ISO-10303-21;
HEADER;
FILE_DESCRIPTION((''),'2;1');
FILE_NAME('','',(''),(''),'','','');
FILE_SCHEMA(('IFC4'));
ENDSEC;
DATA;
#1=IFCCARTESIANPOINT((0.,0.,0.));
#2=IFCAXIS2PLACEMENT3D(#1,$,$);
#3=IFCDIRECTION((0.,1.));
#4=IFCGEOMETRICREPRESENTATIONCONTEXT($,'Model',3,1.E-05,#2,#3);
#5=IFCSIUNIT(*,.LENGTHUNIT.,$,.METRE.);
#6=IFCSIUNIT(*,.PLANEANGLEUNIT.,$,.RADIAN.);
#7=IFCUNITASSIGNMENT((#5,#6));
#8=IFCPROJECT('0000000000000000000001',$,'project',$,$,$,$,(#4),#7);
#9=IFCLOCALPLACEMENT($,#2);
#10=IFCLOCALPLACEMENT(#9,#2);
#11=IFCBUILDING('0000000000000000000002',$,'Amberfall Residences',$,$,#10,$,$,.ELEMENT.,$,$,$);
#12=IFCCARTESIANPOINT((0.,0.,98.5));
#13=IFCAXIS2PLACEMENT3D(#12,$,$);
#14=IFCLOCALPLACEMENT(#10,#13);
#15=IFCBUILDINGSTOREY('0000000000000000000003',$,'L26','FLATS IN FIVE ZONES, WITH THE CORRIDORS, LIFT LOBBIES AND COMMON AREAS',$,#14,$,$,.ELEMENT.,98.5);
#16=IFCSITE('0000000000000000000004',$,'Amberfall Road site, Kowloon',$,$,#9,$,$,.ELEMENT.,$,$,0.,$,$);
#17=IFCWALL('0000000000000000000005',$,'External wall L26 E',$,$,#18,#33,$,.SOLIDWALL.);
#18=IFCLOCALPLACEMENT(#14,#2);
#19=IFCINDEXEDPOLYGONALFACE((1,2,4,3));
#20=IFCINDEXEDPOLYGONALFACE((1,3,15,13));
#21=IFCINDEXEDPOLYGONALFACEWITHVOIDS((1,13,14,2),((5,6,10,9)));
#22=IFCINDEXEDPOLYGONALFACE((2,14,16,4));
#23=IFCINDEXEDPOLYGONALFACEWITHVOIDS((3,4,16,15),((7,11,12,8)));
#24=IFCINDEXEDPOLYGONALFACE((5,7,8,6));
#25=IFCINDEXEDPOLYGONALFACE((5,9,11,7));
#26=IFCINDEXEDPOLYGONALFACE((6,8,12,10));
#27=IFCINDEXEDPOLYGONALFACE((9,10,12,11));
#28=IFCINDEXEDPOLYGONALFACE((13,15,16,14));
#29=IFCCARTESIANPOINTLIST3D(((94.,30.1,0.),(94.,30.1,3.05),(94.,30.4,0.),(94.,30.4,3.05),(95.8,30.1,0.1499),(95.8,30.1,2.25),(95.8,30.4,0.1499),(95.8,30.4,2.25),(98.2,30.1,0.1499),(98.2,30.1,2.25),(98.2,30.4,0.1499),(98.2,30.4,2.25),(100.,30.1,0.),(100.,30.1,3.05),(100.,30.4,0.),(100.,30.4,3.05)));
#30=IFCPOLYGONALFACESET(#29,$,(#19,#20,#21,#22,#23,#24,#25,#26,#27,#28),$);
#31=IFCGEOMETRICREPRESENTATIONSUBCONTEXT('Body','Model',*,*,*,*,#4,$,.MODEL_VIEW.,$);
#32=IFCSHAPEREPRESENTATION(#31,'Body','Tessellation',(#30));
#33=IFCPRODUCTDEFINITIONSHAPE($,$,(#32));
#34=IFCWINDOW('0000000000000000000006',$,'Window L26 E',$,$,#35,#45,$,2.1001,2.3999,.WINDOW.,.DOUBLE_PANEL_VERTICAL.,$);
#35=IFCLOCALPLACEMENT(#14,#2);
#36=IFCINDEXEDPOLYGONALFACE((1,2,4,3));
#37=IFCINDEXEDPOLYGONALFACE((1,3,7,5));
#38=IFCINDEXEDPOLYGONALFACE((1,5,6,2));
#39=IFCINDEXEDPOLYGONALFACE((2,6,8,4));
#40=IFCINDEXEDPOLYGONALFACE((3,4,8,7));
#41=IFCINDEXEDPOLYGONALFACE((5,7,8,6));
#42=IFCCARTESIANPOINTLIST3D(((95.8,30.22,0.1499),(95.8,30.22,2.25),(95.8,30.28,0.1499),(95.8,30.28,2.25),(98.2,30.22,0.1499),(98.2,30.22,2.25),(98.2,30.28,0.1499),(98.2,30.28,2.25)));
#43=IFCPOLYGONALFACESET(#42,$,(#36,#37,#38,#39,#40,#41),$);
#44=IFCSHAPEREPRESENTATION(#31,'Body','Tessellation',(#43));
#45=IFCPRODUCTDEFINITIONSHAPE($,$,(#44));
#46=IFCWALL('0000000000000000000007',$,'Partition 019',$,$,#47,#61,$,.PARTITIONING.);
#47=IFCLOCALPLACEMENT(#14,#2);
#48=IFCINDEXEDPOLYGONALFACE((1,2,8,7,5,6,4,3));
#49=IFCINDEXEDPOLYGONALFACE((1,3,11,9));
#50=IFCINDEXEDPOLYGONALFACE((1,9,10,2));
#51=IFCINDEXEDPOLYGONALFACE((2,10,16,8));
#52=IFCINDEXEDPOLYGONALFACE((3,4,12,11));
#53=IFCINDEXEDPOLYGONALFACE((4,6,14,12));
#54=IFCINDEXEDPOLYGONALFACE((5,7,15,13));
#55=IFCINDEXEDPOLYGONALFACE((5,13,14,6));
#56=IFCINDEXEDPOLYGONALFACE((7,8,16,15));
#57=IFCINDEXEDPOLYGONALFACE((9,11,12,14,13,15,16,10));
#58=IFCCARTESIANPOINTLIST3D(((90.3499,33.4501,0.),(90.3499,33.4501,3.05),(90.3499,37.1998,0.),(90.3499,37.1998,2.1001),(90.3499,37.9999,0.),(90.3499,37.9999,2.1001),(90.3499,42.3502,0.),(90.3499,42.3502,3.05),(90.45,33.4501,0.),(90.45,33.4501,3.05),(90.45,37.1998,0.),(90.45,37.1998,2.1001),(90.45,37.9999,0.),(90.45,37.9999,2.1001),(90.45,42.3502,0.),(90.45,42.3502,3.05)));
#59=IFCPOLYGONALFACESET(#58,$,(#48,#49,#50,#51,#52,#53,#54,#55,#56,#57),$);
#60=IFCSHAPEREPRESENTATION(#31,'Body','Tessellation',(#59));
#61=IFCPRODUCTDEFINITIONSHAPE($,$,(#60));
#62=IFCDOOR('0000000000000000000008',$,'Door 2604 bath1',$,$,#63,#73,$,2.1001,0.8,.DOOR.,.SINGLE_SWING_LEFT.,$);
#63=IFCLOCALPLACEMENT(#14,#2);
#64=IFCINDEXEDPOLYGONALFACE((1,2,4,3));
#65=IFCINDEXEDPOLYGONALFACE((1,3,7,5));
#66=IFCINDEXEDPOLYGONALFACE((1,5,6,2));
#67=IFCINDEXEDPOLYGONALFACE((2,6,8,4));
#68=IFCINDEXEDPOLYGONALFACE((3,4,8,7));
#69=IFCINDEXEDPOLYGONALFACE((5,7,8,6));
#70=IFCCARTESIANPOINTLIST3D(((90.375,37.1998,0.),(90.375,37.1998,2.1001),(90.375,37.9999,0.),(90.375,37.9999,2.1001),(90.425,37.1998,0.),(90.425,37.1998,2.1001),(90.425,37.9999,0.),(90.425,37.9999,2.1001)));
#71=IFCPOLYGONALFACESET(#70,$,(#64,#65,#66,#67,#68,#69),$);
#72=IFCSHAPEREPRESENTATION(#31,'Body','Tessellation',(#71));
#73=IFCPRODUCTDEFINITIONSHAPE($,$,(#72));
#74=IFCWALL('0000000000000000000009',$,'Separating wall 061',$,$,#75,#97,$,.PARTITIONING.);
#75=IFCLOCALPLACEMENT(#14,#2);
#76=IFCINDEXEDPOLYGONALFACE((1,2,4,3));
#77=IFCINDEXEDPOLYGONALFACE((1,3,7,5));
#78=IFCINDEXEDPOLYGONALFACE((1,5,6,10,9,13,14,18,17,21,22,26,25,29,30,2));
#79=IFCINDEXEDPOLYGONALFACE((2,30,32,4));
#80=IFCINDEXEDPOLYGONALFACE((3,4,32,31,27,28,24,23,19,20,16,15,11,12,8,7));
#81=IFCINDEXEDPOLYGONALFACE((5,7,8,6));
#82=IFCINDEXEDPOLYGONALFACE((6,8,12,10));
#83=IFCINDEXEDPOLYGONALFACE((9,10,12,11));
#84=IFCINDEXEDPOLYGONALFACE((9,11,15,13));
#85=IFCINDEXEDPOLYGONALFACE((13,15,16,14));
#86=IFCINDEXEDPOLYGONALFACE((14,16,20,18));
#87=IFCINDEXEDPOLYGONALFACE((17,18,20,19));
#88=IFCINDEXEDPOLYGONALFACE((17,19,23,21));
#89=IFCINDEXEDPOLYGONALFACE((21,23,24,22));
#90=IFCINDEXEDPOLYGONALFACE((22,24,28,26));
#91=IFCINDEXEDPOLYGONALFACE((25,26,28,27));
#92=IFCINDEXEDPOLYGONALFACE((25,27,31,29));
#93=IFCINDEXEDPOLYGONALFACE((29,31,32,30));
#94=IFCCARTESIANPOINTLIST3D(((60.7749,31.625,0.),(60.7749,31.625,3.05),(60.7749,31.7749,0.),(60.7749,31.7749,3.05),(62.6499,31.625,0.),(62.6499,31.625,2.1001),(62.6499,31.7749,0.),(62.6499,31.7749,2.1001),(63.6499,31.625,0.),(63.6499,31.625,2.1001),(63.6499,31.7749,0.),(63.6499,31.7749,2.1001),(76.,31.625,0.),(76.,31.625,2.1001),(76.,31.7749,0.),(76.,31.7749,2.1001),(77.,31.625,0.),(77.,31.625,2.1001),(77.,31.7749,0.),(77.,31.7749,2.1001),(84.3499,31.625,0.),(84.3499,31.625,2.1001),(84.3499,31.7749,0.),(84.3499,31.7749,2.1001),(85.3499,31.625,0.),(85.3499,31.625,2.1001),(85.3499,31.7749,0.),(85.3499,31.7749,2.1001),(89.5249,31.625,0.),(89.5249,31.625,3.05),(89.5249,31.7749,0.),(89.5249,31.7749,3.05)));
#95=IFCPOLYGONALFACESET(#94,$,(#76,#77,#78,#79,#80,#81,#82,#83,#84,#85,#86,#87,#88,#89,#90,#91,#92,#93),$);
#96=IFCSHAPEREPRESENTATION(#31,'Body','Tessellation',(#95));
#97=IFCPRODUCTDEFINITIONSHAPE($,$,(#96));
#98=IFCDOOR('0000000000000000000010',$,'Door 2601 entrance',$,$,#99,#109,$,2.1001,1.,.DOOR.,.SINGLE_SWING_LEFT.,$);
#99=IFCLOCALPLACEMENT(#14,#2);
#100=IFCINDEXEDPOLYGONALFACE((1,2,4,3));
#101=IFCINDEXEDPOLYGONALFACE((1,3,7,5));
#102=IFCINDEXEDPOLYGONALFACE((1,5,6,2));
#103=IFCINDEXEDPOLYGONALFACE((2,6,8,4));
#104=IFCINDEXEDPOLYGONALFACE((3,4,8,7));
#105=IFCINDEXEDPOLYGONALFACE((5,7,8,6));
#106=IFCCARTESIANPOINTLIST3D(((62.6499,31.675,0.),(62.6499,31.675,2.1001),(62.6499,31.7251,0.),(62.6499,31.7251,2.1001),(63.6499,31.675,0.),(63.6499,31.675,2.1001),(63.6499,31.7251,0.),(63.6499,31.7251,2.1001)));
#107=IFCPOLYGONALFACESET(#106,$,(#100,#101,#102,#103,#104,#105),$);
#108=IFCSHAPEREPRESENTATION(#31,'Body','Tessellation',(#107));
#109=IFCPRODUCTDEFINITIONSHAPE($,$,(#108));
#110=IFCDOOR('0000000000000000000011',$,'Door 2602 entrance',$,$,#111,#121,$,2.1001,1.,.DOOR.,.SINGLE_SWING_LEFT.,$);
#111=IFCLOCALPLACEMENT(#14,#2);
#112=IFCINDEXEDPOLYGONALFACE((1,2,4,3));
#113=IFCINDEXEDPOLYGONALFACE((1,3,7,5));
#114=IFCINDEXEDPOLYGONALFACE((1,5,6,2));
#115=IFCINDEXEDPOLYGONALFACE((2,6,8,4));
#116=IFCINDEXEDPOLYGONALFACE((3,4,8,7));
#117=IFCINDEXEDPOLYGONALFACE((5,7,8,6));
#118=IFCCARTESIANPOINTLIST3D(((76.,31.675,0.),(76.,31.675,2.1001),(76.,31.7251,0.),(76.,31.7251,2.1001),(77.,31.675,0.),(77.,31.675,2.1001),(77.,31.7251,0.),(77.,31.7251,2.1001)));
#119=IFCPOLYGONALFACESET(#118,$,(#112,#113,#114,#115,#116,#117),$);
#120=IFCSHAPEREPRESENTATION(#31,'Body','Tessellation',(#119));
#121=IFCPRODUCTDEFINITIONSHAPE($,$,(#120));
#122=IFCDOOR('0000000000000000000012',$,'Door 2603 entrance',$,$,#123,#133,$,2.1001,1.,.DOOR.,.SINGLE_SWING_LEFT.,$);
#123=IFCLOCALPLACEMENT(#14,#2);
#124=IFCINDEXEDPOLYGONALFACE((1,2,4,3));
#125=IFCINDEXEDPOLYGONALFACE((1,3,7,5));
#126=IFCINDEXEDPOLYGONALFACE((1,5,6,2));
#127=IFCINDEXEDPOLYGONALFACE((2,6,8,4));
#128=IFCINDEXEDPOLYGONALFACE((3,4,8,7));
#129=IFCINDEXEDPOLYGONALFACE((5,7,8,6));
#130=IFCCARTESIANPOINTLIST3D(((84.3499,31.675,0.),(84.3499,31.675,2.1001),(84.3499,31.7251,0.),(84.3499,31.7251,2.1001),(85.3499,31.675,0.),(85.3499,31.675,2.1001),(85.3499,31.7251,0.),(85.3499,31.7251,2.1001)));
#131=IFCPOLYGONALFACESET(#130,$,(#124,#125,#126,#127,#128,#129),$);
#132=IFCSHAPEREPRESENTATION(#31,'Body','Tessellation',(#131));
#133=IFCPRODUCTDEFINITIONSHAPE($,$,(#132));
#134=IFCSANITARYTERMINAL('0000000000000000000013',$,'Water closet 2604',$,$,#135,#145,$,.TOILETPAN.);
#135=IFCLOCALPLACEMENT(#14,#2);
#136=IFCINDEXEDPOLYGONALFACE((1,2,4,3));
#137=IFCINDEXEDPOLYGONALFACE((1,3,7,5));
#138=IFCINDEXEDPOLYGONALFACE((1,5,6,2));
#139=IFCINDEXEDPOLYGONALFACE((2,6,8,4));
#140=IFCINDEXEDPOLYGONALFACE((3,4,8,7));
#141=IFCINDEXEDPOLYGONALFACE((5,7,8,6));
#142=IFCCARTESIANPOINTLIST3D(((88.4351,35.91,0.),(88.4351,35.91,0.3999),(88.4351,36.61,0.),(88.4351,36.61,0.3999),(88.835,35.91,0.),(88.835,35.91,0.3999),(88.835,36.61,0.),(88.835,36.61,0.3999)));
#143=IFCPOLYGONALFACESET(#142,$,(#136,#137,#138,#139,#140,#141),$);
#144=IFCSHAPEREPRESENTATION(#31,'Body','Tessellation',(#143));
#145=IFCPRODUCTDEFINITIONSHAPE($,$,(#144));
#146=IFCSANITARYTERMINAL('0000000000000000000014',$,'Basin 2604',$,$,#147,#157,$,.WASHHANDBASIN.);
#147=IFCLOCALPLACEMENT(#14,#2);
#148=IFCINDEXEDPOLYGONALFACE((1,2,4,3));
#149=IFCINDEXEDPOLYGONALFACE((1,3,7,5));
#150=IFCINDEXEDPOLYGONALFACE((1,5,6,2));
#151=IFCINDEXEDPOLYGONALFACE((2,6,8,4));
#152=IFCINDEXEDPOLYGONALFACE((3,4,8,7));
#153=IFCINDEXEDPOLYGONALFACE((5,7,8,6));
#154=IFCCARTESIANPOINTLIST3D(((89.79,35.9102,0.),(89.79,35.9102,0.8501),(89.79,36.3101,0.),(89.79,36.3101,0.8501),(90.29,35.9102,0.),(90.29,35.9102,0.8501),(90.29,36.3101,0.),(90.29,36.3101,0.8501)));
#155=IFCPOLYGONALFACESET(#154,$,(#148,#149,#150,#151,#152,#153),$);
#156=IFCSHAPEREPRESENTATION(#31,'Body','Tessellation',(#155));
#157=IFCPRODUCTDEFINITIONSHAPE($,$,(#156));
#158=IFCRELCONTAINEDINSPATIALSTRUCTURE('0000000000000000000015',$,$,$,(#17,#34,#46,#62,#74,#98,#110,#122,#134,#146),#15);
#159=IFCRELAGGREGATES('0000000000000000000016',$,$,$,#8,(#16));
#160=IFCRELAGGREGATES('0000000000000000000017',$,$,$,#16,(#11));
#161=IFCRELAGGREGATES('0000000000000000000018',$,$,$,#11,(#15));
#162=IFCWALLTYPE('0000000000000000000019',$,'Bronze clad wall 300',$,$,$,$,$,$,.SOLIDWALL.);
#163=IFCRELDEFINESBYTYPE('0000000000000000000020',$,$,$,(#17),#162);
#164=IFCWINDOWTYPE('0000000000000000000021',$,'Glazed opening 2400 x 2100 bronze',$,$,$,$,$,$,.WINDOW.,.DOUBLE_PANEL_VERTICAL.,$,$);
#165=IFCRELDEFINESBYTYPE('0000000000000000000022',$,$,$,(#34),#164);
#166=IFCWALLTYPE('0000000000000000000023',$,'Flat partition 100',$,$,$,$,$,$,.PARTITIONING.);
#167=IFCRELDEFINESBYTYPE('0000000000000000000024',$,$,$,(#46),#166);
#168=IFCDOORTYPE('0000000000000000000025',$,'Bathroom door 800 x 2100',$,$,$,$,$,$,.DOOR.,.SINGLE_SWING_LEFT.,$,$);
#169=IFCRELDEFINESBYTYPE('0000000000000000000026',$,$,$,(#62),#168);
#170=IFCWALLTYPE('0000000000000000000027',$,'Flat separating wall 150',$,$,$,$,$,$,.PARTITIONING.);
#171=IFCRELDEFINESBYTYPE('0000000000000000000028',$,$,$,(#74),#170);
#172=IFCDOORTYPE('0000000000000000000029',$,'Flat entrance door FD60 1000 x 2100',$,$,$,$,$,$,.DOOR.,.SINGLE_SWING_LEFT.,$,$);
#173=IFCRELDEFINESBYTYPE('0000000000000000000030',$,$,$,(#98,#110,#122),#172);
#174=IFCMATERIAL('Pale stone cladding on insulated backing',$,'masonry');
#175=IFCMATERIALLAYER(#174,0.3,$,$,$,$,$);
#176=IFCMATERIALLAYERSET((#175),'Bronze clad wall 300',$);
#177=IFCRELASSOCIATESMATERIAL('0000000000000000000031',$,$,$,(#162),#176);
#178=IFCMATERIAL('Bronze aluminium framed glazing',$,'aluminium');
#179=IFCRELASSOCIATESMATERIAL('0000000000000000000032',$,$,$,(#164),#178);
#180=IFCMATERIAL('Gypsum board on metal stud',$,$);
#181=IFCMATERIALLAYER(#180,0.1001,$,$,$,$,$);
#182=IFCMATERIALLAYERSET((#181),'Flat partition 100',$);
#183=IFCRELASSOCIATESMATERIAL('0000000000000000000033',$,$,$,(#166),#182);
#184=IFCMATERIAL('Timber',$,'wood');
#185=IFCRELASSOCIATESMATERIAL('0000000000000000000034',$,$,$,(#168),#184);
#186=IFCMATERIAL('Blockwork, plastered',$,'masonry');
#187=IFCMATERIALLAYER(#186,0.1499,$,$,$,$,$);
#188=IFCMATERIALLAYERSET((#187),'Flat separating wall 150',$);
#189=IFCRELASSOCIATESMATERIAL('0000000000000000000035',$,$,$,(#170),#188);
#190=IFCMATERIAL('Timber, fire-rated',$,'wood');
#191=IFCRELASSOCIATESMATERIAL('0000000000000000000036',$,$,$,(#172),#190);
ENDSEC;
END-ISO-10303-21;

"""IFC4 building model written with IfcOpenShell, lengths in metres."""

from ifc_helpers import new_model, si_unit, direction, frame, frame_2d, origin, origin_2d, place, context, subcontext, project, spatial, rectangle, extrude, material, layer, layer_set, type_object, element, fill, save


model = new_model("IFC4")

# Units and contexts
model_context = context("Model", 3, precision=1e-05, world=origin(), true_north=direction((0.0, 1.0)))
body_context = subcontext(model_context, "Body", "Model", "MODEL_VIEW")
ifc_project = project(units=[si_unit("LENGTHUNIT", "METRE"), si_unit("PLANEANGLEUNIT", "RADIAN")], contexts=[model_context])

# Site, building, storey
site_placement = place(None, origin())
site = spatial("IfcSite", under=ifc_project, at=site_placement, Name="Amberfall Road site, Kowloon", CompositionType="ELEMENT", RefElevation=0.0)
building_placement = place(site_placement, origin())
building = spatial("IfcBuilding", under=site, at=building_placement, Name="Amberfall Residences", CompositionType="ELEMENT")
storey_placement = place(building_placement, frame((0.0, 0.0, 98.5)))
storey = spatial("IfcBuildingStorey", under=building, at=storey_placement, Name="L26", Description="FLATS IN FIVE ZONES, WITH THE CORRIDORS, LIFT LOBBIES AND COMMON AREAS", CompositionType="ELEMENT", Elevation=98.5)

# Wall, opening, window
ifc_material_1 = material(Name="Pale stone cladding on insulated backing", Category="masonry")
ifc_layer_1 = layer(ifc_material_1, 0.3)
ifc_layer_set_1 = layer_set([ifc_layer_1], Name="Bronze clad wall 300")
wall_type_1 = type_object("IfcWallType", Name="Bronze clad wall 300", PredefinedType="SOLIDWALL", material=ifc_layer_set_1)
wall_1_placement = place(storey_placement, frame((100.0, 30.25, 0.0), z_axis=(0.0, 0.0, 1.0), x_axis=(-1.0, 0.0, 0.0)))
wall_1 = element("IfcWall", 1, at=wall_1_placement, inside=storey, type_object=wall_type_1, Name="External wall L26 E", PredefinedType="SOLIDWALL", context=body_context, shape_type="SweptSolid", body=[
    extrude(rectangle(XDim=6.0, YDim=0.3, at=frame_2d((3.0, 0.0))), origin(), (0.0, 0.0, 1.0), 3.05),
])
opening_1_placement = place(wall_1_placement, frame((1.8, 0.0, 0.1499)))
opening_1 = element("IfcOpeningElement", 2, at=opening_1_placement, cuts=wall_1, PredefinedType="OPENING", context=body_context, shape_type="SweptSolid", body=[
    extrude(rectangle(XDim=2.3999, YDim=2.1001, at=frame_2d((1.2, 1.05))), frame((0.0, 0.1599, 0.0), z_axis=(0.0, -1.0, 0.0), x_axis=(1.0, 0.0, 0.0)), (0.0, 0.0, 1.0), 0.3201),
])
ifc_material_2 = material(Name="Bronze aluminium framed glazing", Category="aluminium")
window_type = type_object("IfcWindowType", Name="Glazed opening 2400 x 2100 bronze", PartitioningType="DOUBLE_PANEL_VERTICAL", PredefinedType="WINDOW", material=ifc_material_2)
window_placement = place(opening_1_placement, origin())
window = element("IfcWindow", 3, at=window_placement, inside=storey, type_object=window_type, Name="Window L26 E", OverallHeight=2.1001, OverallWidth=2.3999, PartitioningType="DOUBLE_PANEL_VERTICAL", PredefinedType="WINDOW", context=body_context, shape_type="SweptSolid", body=[
    extrude(rectangle(XDim=2.3999, YDim=2.1001, at=frame_2d((1.2, 1.05))), frame((0.0, 0.03, 0.0), z_axis=(0.0, -1.0, 0.0), x_axis=(1.0, 0.0, 0.0)), (0.0, 0.0, 1.0), 0.0601),
])
fill(opening_1, window)

# Wall, opening, door
ifc_material_3 = material(Name="Gypsum board on metal stud")
ifc_layer_2 = layer(ifc_material_3, 0.1001)
ifc_layer_set_2 = layer_set([ifc_layer_2], Name="Flat partition 100")
wall_type_2 = type_object("IfcWallType", Name="Flat partition 100", PredefinedType="PARTITIONING", material=ifc_layer_set_2)
wall_2_placement = place(storey_placement, frame((90.3999, 33.45, 0.0), z_axis=(0.0, 0.0, 1.0), x_axis=(0.0, 1.0, 0.0)))
wall_2 = element("IfcWall", 4, at=wall_2_placement, inside=storey, type_object=wall_type_2, Name="Partition 019", PredefinedType="PARTITIONING", context=body_context, shape_type="SweptSolid", body=[
    extrude(rectangle(XDim=8.9001, YDim=0.1001, at=frame_2d((4.4502, 0.0))), origin(), (0.0, 0.0, 1.0), 3.05),
])
opening_2_placement = place(wall_2_placement, frame((3.75, 0.0, 0.0)))
opening_2 = element("IfcOpeningElement", 5, at=opening_2_placement, cuts=wall_2, PredefinedType="OPENING", context=body_context, shape_type="SweptSolid", body=[
    extrude(rectangle(XDim=0.8, YDim=2.1001, at=frame_2d((0.3999, 1.05))), frame((0.0, 0.0601, 0.0), z_axis=(0.0, -1.0, 0.0), x_axis=(1.0, 0.0, 0.0)), (0.0, 0.0, 1.0), 0.1201),
])
ifc_material_4 = material(Name="Timber", Category="wood")
door_type_1 = type_object("IfcDoorType", Name="Bathroom door 800 x 2100", OperationType="SINGLE_SWING_LEFT", PredefinedType="DOOR", material=ifc_material_4)
door_1_placement = place(opening_2_placement, origin())
door_1 = element("IfcDoor", 6, at=door_1_placement, inside=storey, type_object=door_type_1, Name="Door 2604 bath1", OperationType="SINGLE_SWING_LEFT", OverallHeight=2.1001, OverallWidth=0.8, PredefinedType="DOOR", context=body_context, shape_type="SweptSolid", body=[
    extrude(rectangle(XDim=0.8, YDim=2.1001, at=frame_2d((0.3999, 1.05))), frame((0.0, 0.0249, 0.0), z_axis=(0.0, -1.0, 0.0), x_axis=(1.0, 0.0, 0.0)), (0.0, 0.0, 1.0), 0.05),
])
fill(opening_2, door_1)

# Wall, openings, doors
ifc_material_5 = material(Name="Blockwork, plastered", Category="masonry")
ifc_layer_3 = layer(ifc_material_5, 0.1499)
ifc_layer_set_3 = layer_set([ifc_layer_3], Name="Flat separating wall 150")
wall_type_3 = type_object("IfcWallType", Name="Flat separating wall 150", PredefinedType="PARTITIONING", material=ifc_layer_set_3)
wall_3_placement = place(storey_placement, frame((89.5249, 31.7, 0.0), z_axis=(0.0, 0.0, 1.0), x_axis=(-1.0, 0.0, 0.0)))
wall_3 = element("IfcWall", 7, at=wall_3_placement, inside=storey, type_object=wall_type_3, Name="Separating wall 061", PredefinedType="PARTITIONING", context=body_context, shape_type="SweptSolid", body=[
    extrude(rectangle(XDim=28.75, YDim=0.1499, at=frame_2d((14.375, 0.0))), origin(), (0.0, 0.0, 1.0), 3.05),
])
opening_3_placement = place(wall_3_placement, frame((25.875, 0.0, 0.0)))
opening_3 = element("IfcOpeningElement", 8, at=opening_3_placement, cuts=wall_3, PredefinedType="OPENING", context=body_context, shape_type="SweptSolid", body=[
    extrude(rectangle(XDim=1.0, YDim=2.1001, at=frame_2d((0.5, 1.05))), frame((0.0, 0.085, 0.0), z_axis=(0.0, -1.0, 0.0), x_axis=(1.0, 0.0, 0.0)), (0.0, 0.0, 1.0), 0.1699),
])
opening_4_placement = place(wall_3_placement, frame((12.5249, 0.0, 0.0)))
opening_4 = element("IfcOpeningElement", 9, at=opening_4_placement, cuts=wall_3, PredefinedType="OPENING", context=body_context, shape_type="SweptSolid", body=[
    extrude(rectangle(XDim=1.0, YDim=2.1001, at=frame_2d((0.5, 1.05))), frame((0.0, 0.085, 0.0), z_axis=(0.0, -1.0, 0.0), x_axis=(1.0, 0.0, 0.0)), (0.0, 0.0, 1.0), 0.1699),
])
opening_5_placement = place(wall_3_placement, frame((4.175, 0.0, 0.0)))
opening_5 = element("IfcOpeningElement", 10, at=opening_5_placement, cuts=wall_3, PredefinedType="OPENING", context=body_context, shape_type="SweptSolid", body=[
    extrude(rectangle(XDim=1.0, YDim=2.1001, at=frame_2d((0.5, 1.05))), frame((0.0, 0.085, 0.0), z_axis=(0.0, -1.0, 0.0), x_axis=(1.0, 0.0, 0.0)), (0.0, 0.0, 1.0), 0.1699),
])
ifc_material_6 = material(Name="Timber, fire-rated", Category="wood")
door_type_2 = type_object("IfcDoorType", Name="Flat entrance door FD60 1000 x 2100", OperationType="SINGLE_SWING_LEFT", PredefinedType="DOOR", material=ifc_material_6)
door_2_placement = place(opening_3_placement, origin())
door_2 = element("IfcDoor", 11, at=door_2_placement, inside=storey, type_object=door_type_2, Name="Door 2601 entrance", OperationType="SINGLE_SWING_LEFT", OverallHeight=2.1001, OverallWidth=1.0, PredefinedType="DOOR", context=body_context, shape_type="SweptSolid", body=[
    extrude(rectangle(XDim=1.0, YDim=2.1001, at=frame_2d((0.5, 1.05))), frame((0.0, 0.0249, 0.0), z_axis=(0.0, -1.0, 0.0), x_axis=(1.0, 0.0, 0.0)), (0.0, 0.0, 1.0), 0.05),
])
fill(opening_3, door_2)
door_3_placement = place(opening_4_placement, origin())
door_3 = element("IfcDoor", 12, at=door_3_placement, inside=storey, type_object=door_type_2, Name="Door 2602 entrance", OperationType="SINGLE_SWING_LEFT", OverallHeight=2.1001, OverallWidth=1.0, PredefinedType="DOOR", context=body_context, shape_type="SweptSolid", body=[
    extrude(rectangle(XDim=1.0, YDim=2.1001, at=frame_2d((0.5, 1.05))), frame((0.0, 0.0249, 0.0), z_axis=(0.0, -1.0, 0.0), x_axis=(1.0, 0.0, 0.0)), (0.0, 0.0, 1.0), 0.05),
])
fill(opening_4, door_3)
door_4_placement = place(opening_5_placement, origin())
door_4 = element("IfcDoor", 13, at=door_4_placement, inside=storey, type_object=door_type_2, Name="Door 2603 entrance", OperationType="SINGLE_SWING_LEFT", OverallHeight=2.1001, OverallWidth=1.0, PredefinedType="DOOR", context=body_context, shape_type="SweptSolid", body=[
    extrude(rectangle(XDim=1.0, YDim=2.1001, at=frame_2d((0.5, 1.05))), frame((0.0, 0.0249, 0.0), z_axis=(0.0, -1.0, 0.0), x_axis=(1.0, 0.0, 0.0)), (0.0, 0.0, 1.0), 0.05),
])
fill(opening_5, door_4)

# Sanitary terminals
sanitary_terminal_1_placement = place(storey_placement, frame((88.635, 36.26, 0.0), z_axis=(0.0, 0.0, 1.0), x_axis=(1.0, 0.0, 0.0)))
element("IfcSanitaryTerminal", 14, at=sanitary_terminal_1_placement, inside=storey, Name="Water closet 2604", PredefinedType="TOILETPAN", context=body_context, shape_type="SweptSolid", body=[
    extrude(rectangle(XDim=0.3999, YDim=0.7, at=origin_2d()), origin(), (0.0, 0.0, 1.0), 0.3999),
])
sanitary_terminal_2_placement = place(storey_placement, frame((90.04, 36.1101, 0.0), z_axis=(0.0, 0.0, 1.0), x_axis=(1.0, 0.0, 0.0)))
element("IfcSanitaryTerminal", 15, at=sanitary_terminal_2_placement, inside=storey, Name="Basin 2604", PredefinedType="WASHHANDBASIN", context=body_context, shape_type="SweptSolid", body=[
    extrude(rectangle(XDim=0.5, YDim=0.3999, at=origin_2d()), origin(), (0.0, 0.0, 1.0), 0.8501),
])

save(model, "model.ifc")
